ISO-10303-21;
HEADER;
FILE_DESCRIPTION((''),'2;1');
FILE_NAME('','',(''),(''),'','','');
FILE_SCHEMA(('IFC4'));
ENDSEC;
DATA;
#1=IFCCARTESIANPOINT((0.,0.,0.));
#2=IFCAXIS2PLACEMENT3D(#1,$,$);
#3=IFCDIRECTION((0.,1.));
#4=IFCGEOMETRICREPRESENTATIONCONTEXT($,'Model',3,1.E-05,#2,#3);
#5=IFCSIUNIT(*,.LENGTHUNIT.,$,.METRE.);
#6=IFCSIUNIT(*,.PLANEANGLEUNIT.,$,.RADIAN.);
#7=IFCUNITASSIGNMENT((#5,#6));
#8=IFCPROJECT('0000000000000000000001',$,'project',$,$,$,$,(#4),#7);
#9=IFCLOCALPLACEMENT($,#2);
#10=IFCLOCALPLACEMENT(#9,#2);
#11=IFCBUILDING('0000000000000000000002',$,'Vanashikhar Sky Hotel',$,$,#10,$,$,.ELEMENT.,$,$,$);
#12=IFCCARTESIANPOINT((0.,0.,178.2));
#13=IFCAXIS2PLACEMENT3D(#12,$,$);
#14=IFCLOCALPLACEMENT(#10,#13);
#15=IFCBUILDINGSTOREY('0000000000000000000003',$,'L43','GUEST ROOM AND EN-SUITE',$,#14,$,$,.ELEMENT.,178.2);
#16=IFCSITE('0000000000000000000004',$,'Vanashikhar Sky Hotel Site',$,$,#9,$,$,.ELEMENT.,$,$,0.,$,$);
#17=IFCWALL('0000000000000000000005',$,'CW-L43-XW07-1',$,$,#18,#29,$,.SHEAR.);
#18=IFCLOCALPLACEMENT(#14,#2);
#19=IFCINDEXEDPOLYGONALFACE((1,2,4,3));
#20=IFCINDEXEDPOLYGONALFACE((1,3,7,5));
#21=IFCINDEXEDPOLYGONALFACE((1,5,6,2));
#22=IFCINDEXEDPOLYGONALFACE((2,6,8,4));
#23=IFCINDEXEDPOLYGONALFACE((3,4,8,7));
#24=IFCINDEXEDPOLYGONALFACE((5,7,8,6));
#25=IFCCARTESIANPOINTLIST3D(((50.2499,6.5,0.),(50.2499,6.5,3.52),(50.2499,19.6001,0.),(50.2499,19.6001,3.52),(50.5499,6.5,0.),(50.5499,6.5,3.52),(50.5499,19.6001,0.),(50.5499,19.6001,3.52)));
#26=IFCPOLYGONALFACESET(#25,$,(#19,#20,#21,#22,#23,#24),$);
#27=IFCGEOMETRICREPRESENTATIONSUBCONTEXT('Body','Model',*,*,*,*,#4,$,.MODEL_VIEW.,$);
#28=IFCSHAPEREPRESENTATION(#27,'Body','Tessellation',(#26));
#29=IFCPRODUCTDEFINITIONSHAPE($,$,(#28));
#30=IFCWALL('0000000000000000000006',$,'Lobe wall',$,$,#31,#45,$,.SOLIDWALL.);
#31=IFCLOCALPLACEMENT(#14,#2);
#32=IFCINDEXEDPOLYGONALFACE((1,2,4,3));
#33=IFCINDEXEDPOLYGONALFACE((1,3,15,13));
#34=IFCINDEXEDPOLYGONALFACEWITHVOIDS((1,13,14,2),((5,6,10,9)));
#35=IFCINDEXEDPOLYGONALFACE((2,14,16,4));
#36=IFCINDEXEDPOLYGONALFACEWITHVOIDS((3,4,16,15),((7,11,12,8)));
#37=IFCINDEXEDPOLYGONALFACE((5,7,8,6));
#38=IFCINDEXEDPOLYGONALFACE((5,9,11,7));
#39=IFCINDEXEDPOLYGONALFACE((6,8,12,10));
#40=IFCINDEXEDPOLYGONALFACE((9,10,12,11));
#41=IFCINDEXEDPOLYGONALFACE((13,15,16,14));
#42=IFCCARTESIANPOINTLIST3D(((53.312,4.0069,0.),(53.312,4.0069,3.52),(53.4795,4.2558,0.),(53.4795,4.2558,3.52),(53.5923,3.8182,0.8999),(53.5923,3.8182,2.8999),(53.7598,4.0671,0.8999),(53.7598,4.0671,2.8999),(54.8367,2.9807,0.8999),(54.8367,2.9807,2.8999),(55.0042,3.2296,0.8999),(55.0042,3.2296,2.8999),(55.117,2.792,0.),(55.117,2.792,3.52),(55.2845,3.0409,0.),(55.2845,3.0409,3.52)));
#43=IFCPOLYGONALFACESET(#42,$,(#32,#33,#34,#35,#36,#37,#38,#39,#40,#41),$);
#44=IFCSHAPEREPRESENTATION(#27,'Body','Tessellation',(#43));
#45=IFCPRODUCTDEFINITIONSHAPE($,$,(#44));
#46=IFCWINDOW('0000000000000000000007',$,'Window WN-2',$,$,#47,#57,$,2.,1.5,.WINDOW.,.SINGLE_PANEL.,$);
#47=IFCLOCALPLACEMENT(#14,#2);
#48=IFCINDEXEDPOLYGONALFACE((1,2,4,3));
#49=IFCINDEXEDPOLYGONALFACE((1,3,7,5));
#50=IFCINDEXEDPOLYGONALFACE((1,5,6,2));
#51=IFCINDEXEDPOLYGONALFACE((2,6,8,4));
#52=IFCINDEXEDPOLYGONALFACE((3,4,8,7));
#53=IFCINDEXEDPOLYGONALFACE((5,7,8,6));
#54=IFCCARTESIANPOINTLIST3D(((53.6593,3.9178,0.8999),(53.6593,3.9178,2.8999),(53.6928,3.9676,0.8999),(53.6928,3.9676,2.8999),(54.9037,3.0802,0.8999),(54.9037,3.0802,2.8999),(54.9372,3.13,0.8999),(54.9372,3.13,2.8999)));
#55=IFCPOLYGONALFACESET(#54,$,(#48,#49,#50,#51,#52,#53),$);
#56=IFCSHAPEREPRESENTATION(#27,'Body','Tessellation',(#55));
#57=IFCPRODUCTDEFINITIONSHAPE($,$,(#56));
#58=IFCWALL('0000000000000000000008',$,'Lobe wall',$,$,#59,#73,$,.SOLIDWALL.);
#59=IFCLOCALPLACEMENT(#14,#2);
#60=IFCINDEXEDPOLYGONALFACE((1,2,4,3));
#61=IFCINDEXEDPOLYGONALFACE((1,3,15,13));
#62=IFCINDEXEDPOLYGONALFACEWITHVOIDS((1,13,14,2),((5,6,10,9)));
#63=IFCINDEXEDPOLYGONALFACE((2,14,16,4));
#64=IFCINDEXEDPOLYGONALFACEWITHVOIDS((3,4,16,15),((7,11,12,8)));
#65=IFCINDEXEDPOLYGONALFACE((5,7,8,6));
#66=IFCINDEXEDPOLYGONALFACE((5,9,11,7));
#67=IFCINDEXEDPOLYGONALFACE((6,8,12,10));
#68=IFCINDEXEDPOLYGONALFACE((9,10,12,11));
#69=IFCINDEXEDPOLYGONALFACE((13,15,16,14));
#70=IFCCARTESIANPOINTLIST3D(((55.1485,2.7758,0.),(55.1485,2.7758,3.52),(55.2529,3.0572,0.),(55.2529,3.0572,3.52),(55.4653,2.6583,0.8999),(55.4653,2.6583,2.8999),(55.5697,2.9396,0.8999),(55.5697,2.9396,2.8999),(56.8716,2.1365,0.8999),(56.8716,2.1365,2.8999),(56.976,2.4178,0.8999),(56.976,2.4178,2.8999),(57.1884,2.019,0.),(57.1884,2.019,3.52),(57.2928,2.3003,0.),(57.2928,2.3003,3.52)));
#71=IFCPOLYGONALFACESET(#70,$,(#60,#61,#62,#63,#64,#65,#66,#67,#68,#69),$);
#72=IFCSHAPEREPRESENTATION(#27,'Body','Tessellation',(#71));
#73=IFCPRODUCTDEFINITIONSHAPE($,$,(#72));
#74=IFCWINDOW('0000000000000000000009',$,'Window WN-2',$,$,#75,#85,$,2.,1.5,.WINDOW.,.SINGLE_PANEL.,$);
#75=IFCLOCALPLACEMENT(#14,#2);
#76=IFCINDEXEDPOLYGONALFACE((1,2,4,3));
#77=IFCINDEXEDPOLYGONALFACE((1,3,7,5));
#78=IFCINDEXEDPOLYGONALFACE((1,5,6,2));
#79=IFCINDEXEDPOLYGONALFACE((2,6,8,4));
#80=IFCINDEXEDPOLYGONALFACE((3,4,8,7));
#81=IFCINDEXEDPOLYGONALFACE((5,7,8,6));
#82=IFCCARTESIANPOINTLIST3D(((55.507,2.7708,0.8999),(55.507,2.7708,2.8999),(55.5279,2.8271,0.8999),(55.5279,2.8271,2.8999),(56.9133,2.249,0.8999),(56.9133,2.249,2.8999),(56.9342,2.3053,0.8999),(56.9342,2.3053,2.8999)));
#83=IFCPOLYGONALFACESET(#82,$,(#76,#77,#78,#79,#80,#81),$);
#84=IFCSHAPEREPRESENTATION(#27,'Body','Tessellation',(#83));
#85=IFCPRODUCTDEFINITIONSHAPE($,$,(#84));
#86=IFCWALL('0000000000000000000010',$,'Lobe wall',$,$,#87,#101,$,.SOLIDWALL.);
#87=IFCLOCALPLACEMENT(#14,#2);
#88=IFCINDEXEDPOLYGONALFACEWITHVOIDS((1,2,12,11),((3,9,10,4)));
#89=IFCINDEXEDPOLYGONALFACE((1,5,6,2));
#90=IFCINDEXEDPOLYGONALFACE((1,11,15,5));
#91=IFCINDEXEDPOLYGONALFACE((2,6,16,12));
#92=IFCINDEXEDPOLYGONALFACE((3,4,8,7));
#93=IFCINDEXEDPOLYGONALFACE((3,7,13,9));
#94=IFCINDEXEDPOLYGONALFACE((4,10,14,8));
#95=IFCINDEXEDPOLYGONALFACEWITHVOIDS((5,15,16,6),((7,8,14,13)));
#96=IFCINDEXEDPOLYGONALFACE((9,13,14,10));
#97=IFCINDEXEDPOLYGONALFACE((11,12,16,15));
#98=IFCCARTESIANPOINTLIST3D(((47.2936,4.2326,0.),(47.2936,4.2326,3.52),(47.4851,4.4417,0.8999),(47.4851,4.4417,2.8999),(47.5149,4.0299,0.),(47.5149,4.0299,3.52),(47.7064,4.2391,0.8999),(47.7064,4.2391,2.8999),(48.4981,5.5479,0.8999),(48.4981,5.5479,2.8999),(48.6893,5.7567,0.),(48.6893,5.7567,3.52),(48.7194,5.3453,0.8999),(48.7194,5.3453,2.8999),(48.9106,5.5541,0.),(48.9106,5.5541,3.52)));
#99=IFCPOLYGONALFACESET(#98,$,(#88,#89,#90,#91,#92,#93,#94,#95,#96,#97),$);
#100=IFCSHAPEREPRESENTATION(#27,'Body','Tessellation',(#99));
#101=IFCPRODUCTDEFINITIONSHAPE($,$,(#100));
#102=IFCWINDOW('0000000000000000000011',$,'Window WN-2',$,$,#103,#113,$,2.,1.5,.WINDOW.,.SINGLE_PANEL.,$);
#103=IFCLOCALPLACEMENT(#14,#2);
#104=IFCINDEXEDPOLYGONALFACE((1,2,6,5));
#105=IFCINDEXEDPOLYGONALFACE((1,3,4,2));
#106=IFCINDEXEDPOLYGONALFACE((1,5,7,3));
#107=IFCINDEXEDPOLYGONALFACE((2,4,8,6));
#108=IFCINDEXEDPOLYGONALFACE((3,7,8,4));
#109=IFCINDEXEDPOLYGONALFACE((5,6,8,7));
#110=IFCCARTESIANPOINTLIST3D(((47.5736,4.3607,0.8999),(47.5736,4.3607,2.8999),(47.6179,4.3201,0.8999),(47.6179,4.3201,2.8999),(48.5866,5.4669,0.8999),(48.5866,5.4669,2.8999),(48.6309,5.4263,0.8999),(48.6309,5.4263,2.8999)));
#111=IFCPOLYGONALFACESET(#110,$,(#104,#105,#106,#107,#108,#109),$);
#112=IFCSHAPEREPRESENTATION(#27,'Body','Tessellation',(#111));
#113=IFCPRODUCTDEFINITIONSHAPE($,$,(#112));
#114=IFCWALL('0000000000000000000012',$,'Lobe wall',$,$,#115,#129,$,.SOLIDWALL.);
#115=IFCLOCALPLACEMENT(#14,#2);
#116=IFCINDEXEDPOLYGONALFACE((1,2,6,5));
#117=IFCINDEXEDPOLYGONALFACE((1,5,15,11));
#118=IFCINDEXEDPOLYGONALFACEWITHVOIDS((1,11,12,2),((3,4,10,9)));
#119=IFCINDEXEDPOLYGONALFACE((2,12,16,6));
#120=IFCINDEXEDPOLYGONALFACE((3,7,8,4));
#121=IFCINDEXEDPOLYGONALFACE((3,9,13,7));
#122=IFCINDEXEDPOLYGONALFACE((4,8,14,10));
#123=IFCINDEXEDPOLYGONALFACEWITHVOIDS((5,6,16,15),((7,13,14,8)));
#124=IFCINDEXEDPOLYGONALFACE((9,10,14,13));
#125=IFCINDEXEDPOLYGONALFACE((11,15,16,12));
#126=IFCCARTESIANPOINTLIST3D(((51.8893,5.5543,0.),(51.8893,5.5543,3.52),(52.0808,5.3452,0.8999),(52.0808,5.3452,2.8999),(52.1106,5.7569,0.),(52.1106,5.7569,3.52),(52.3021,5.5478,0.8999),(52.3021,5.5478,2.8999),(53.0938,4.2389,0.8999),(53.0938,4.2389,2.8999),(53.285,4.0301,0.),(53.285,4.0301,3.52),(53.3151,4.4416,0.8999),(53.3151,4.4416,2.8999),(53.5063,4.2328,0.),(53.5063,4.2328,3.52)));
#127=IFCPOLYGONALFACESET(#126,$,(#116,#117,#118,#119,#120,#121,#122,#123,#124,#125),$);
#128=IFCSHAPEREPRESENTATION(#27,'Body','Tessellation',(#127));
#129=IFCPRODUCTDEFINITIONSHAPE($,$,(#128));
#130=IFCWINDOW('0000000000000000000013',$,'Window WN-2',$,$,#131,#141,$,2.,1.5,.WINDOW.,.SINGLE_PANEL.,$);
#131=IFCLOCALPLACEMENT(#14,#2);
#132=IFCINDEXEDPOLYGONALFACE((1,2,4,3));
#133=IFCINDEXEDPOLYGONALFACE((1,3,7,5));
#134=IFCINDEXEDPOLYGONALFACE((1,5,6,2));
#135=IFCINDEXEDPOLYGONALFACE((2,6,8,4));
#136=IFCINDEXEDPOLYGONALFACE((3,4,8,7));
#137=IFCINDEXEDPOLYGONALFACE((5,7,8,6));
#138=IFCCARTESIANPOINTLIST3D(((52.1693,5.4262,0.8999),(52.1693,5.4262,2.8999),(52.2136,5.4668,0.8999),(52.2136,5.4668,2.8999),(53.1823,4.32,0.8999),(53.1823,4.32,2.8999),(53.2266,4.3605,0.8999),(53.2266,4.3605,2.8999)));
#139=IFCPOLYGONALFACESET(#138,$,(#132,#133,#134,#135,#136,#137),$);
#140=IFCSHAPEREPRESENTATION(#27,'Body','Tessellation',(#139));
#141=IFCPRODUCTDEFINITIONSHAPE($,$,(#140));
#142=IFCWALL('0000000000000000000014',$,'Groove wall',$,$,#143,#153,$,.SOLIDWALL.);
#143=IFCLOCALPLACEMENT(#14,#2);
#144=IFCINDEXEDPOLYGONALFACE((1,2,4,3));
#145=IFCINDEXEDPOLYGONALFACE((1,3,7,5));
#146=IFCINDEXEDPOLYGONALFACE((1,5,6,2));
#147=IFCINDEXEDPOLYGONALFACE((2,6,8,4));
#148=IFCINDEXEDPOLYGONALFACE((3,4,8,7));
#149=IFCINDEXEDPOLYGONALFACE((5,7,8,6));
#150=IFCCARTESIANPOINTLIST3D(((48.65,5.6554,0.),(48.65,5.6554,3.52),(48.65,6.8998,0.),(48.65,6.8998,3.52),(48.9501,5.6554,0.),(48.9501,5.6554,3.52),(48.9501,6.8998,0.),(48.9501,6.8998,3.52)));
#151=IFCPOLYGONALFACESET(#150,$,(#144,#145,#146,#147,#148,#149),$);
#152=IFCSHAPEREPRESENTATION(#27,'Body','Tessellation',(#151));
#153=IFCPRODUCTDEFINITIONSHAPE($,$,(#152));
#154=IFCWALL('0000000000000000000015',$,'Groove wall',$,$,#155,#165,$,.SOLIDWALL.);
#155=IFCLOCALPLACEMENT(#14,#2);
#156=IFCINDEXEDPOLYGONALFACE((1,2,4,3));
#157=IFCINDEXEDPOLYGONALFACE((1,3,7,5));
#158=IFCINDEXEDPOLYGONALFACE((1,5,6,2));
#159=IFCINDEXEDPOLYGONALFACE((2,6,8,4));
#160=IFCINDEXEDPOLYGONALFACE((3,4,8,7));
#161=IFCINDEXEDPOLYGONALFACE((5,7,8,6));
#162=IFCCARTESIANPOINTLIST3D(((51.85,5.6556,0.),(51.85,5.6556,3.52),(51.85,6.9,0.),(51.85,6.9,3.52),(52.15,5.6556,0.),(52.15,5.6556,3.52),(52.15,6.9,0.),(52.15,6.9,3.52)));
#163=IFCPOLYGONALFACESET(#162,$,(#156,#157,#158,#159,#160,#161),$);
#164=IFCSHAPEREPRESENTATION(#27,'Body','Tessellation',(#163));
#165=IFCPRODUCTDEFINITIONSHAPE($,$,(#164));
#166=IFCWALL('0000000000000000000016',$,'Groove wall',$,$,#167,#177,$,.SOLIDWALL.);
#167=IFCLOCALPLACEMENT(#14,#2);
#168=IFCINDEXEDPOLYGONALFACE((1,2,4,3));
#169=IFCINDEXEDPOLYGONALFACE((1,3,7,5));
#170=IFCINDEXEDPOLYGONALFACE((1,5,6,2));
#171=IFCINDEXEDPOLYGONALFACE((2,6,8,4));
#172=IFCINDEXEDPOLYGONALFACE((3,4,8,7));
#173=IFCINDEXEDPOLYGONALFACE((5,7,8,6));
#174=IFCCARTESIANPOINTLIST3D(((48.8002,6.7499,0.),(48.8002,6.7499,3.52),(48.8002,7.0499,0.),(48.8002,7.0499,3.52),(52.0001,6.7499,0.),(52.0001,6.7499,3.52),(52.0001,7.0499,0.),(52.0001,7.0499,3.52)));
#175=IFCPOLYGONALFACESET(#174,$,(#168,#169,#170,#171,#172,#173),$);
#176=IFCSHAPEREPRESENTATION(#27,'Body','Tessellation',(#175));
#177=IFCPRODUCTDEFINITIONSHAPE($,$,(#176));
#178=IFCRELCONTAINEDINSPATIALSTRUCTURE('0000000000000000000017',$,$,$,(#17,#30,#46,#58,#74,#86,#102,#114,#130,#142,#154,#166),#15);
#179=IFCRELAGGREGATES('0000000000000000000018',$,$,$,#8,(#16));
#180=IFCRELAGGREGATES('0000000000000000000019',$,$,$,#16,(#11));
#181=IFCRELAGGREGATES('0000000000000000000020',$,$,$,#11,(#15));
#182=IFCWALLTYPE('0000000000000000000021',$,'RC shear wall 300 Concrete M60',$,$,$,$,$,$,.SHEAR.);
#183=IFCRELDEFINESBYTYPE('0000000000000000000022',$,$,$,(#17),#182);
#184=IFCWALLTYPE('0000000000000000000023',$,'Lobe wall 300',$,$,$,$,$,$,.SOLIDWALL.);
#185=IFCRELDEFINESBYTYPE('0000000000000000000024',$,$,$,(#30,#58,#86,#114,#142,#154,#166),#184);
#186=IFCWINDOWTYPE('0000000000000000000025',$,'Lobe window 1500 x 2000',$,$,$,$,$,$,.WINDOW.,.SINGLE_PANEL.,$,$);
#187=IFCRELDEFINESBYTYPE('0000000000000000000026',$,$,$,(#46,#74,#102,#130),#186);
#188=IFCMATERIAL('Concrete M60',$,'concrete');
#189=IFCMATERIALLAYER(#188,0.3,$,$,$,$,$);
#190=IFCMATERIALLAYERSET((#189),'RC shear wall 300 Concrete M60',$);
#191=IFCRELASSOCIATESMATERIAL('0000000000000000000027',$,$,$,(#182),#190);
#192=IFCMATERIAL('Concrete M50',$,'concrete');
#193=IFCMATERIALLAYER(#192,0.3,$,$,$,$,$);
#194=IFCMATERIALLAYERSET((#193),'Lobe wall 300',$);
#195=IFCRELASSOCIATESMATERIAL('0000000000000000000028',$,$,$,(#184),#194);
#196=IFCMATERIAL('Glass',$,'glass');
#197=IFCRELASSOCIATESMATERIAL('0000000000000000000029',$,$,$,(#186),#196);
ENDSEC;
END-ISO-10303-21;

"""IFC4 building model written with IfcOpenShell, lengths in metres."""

from ifc_helpers import new_model, si_unit, direction, frame, frame_2d, origin, place, context, subcontext, project, spatial, rectangle, extrude, source, transform, mapped, material, layer, layer_set, type_object, element, fill, save


model = new_model("IFC4")

# Units and contexts
model_context = context("Model", 3, precision=1e-05, world=origin(), true_north=direction((0.0, 1.0)))
body_context = subcontext(model_context, "Body", "Model", "MODEL_VIEW")
ifc_project = project(units=[si_unit("LENGTHUNIT", "METRE"), si_unit("PLANEANGLEUNIT", "RADIAN")], contexts=[model_context])

# Site, building, storey
site_placement = place(None, origin())
site = spatial("IfcSite", under=ifc_project, at=site_placement, Name="Vanashikhar Sky Hotel Site", CompositionType="ELEMENT", RefElevation=0.0)
building_placement = place(site_placement, origin())
building = spatial("IfcBuilding", under=site, at=building_placement, Name="Vanashikhar Sky Hotel", CompositionType="ELEMENT")
storey_placement = place(building_placement, frame((0.0, 0.0, 178.2)))
storey = spatial("IfcBuildingStorey", under=building, at=storey_placement, Name="L43", Description="GUEST ROOM AND EN-SUITE", CompositionType="ELEMENT", Elevation=178.2)

# Wall
ifc_material_1 = material(Name="Concrete M60", Category="concrete")
ifc_layer_1 = layer(ifc_material_1, 0.3)
ifc_layer_set_1 = layer_set([ifc_layer_1], Name="RC shear wall 300 Concrete M60")
wall_type_1 = type_object("IfcWallType", Name="RC shear wall 300 Concrete M60", PredefinedType="SHEAR", material=ifc_layer_set_1)
shared_shape_1 = source(origin(), body_context, "Body", "SweptSolid", [
    extrude(rectangle(XDim=13.1001, YDim=0.3, at=frame_2d((6.55, 0.0))), origin(), (0.0, 0.0, 1.0), 3.52),
])
wall_1_placement = place(storey_placement, frame((50.3999, 6.5, 0.0), z_axis=(0.0, 0.0, 1.0), x_axis=(0.0, 1.0, 0.0)))
element("IfcWall", 1, at=wall_1_placement, inside=storey, type_object=wall_type_1, Name="CW-L43-XW07-1", PredefinedType="SHEAR", context=body_context, shape_type="MappedRepresentation", body=[
    mapped(shared_shape_1, transform((0.0, 0.0, 0.0), scale=1.0)),
])

# Walls, openings, windows
ifc_material_2 = material(Name="Concrete M50", Category="concrete")
ifc_layer_2 = layer(ifc_material_2, 0.3)
ifc_layer_set_2 = layer_set([ifc_layer_2], Name="Lobe wall 300")
wall_type_2 = type_object("IfcWallType", Name="Lobe wall 300", PredefinedType="SOLIDWALL", material=ifc_layer_set_2)
shared_shape_2 = source(origin(), body_context, "Body", "SweptSolid", [
    extrude(rectangle(XDim=2.1758, YDim=0.3, at=frame_2d((1.0879, 0.0))), origin(), (0.0, 0.0, 1.0), 3.52),
])
wall_2_placement = place(storey_placement, frame((53.3958, 4.1313, 0.0), z_axis=(0.0, 0.0, 1.0), x_axis=(0.829591, -0.558372, 0.0)))
wall_2 = element("IfcWall", 2, at=wall_2_placement, inside=storey, type_object=wall_type_2, Name="Lobe wall", PredefinedType="SOLIDWALL", context=body_context, shape_type="MappedRepresentation", body=[
    mapped(shared_shape_2, transform((0.0, 0.0, 0.0), scale=1.0)),
])
shared_shape_3 = source(origin(), body_context, "Body", "SweptSolid", [
    extrude(rectangle(XDim=1.5, YDim=2.0, at=frame_2d((0.75, 1.0))), frame((0.0, 0.1602, 0.0), z_axis=(0.0, -1.0, 0.0), x_axis=(1.0, 0.0, 0.0)), (0.0, 0.0, 1.0), 0.3201),
])
opening_1_placement = place(wall_2_placement, frame((0.3379, 0.0, 0.8999)))
opening_1 = element("IfcOpeningElement", 3, at=opening_1_placement, cuts=wall_2, PredefinedType="OPENING", context=body_context, shape_type="MappedRepresentation", body=[
    mapped(shared_shape_3, transform((0.0, 0.0, 0.0), scale=1.0)),
])
ifc_material_3 = material(Name="Glass", Category="glass")
window_type = type_object("IfcWindowType", Name="Lobe window 1500 x 2000", PartitioningType="SINGLE_PANEL", PredefinedType="WINDOW", material=ifc_material_3)
shared_shape_4 = source(origin(), body_context, "Body", "SweptSolid", [
    extrude(rectangle(XDim=1.5, YDim=2.0, at=frame_2d((0.75, 1.0))), frame((0.0, 0.03, 0.0), z_axis=(0.0, -1.0, 0.0), x_axis=(1.0, 0.0, 0.0)), (0.0, 0.0, 1.0), 0.0601),
])
window_1_placement = place(opening_1_placement, origin())
window_1 = element("IfcWindow", 4, at=window_1_placement, inside=storey, type_object=window_type, Name="Window WN-2", OverallHeight=2.0, OverallWidth=1.5, PartitioningType="SINGLE_PANEL", PredefinedType="WINDOW", context=body_context, shape_type="MappedRepresentation", body=[
    mapped(shared_shape_4, transform((0.0, 0.0, 0.0), scale=1.0)),
])
fill(opening_1, window_1)
wall_3_placement = place(storey_placement, frame((55.2007, 2.9165, 0.0), z_axis=(0.0, 0.0, 1.0), x_axis=(0.937546, -0.347863, 0.0)))
wall_3 = element("IfcWall", 5, at=wall_3_placement, inside=storey, type_object=wall_type_2, Name="Lobe wall", PredefinedType="SOLIDWALL", context=body_context, shape_type="MappedRepresentation", body=[
    mapped(shared_shape_2, transform((0.0, 0.0, 0.0), scale=1.0)),
])
opening_2_placement = place(wall_3_placement, frame((0.3379, 0.0, 0.8999)))
opening_2 = element("IfcOpeningElement", 6, at=opening_2_placement, cuts=wall_3, PredefinedType="OPENING", context=body_context, shape_type="MappedRepresentation", body=[
    mapped(shared_shape_3, transform((0.0, 0.0, 0.0), scale=1.0)),
])
window_2_placement = place(opening_2_placement, origin())
window_2 = element("IfcWindow", 7, at=window_2_placement, inside=storey, type_object=window_type, Name="Window WN-2", OverallHeight=2.0, OverallWidth=1.5, PartitioningType="SINGLE_PANEL", PredefinedType="WINDOW", context=body_context, shape_type="MappedRepresentation", body=[
    mapped(shared_shape_4, transform((0.0, 0.0, 0.0), scale=1.0)),
])
fill(opening_2, window_2)
shared_shape_5 = source(origin(), body_context, "Body", "SweptSolid", [
    extrude(rectangle(XDim=2.0667, YDim=0.3, at=frame_2d((1.0332, 0.0))), origin(), (0.0, 0.0, 1.0), 3.52),
])
wall_4_placement = place(storey_placement, frame((47.4043, 4.1313, 0.0), z_axis=(0.0, 0.0, 1.0), x_axis=(0.675355, 0.737492, 0.0)))
wall_4 = element("IfcWall", 8, at=wall_4_placement, inside=storey, type_object=wall_type_2, Name="Lobe wall", PredefinedType="SOLIDWALL", context=body_context, shape_type="MappedRepresentation", body=[
    mapped(shared_shape_5, transform((0.0, 0.0, 0.0), scale=1.0)),
])
opening_3_placement = place(wall_4_placement, frame((0.2834, 0.0, 0.8999)))
opening_3 = element("IfcOpeningElement", 9, at=opening_3_placement, cuts=wall_4, PredefinedType="OPENING", context=body_context, shape_type="MappedRepresentation", body=[
    mapped(shared_shape_3, transform((0.0, 0.0, 0.0), scale=1.0)),
])
window_3_placement = place(opening_3_placement, origin())
window_3 = element("IfcWindow", 10, at=window_3_placement, inside=storey, type_object=window_type, Name="Window WN-2", OverallHeight=2.0, OverallWidth=1.5, PartitioningType="SINGLE_PANEL", PredefinedType="WINDOW", context=body_context, shape_type="MappedRepresentation", body=[
    mapped(shared_shape_4, transform((0.0, 0.0, 0.0), scale=1.0)),
])
fill(opening_3, window_3)
wall_5_placement = place(storey_placement, frame((52.0, 5.6555, 0.0), z_axis=(0.0, 0.0, 1.0), x_axis=(0.675355, -0.737492, 0.0)))
wall_5 = element("IfcWall", 11, at=wall_5_placement, inside=storey, type_object=wall_type_2, Name="Lobe wall", PredefinedType="SOLIDWALL", context=body_context, shape_type="MappedRepresentation", body=[
    mapped(shared_shape_5, transform((0.0, 0.0, 0.0), scale=1.0)),
])
opening_4_placement = place(wall_5_placement, frame((0.2834, 0.0, 0.8999)))
opening_4 = element("IfcOpeningElement", 12, at=opening_4_placement, cuts=wall_5, PredefinedType="OPENING", context=body_context, shape_type="MappedRepresentation", body=[
    mapped(shared_shape_3, transform((0.0, 0.0, 0.0), scale=1.0)),
])
window_4_placement = place(opening_4_placement, origin())
window_4 = element("IfcWindow", 13, at=window_4_placement, inside=storey, type_object=window_type, Name="Window WN-2", OverallHeight=2.0, OverallWidth=1.5, PartitioningType="SINGLE_PANEL", PredefinedType="WINDOW", context=body_context, shape_type="MappedRepresentation", body=[
    mapped(shared_shape_4, transform((0.0, 0.0, 0.0), scale=1.0)),
])
fill(opening_4, window_4)

# Walls
shared_shape_6 = source(origin(), body_context, "Body", "SweptSolid", [
    extrude(rectangle(XDim=1.2444, YDim=0.3, at=frame_2d((0.6221, 0.0))), origin(), (0.0, 0.0, 1.0), 3.52),
])
for number, where, z_axis, x_axis, name in (
    (14, (48.8, 5.6555, 0.0), (0.0, 0.0, 1.0), (0.0, 1.0, 0.0), "Groove wall"),
    (15, (52.0, 6.8999, 0.0), (0.0, 0.0, 1.0), (0.0, -1.0, 0.0), "Groove wall"),
):
    element("IfcWall", number, at=place(storey_placement, frame(where, z_axis=z_axis, x_axis=x_axis)), inside=storey, type_object=wall_type_2, Name=name, PredefinedType="SOLIDWALL", context=body_context, shape_type="MappedRepresentation", body=[
        mapped(shared_shape_6, transform((0.0, 0.0, 0.0), scale=1.0)),
    ])
shared_shape_7 = source(origin(), body_context, "Body", "SweptSolid", [
    extrude(rectangle(XDim=3.2, YDim=0.3, at=frame_2d((1.6001, 0.0))), origin(), (0.0, 0.0, 1.0), 3.52),
])
wall_6_placement = place(storey_placement, frame((48.8, 6.8999, 0.0), z_axis=(0.0, 0.0, 1.0), x_axis=(1.0, 0.0, 0.0)))
element("IfcWall", 16, at=wall_6_placement, inside=storey, type_object=wall_type_2, Name="Groove wall", PredefinedType="SOLIDWALL", context=body_context, shape_type="MappedRepresentation", body=[
    mapped(shared_shape_7, transform((0.0, 0.0, 0.0), scale=1.0)),
])

save(model, "model.ifc")
